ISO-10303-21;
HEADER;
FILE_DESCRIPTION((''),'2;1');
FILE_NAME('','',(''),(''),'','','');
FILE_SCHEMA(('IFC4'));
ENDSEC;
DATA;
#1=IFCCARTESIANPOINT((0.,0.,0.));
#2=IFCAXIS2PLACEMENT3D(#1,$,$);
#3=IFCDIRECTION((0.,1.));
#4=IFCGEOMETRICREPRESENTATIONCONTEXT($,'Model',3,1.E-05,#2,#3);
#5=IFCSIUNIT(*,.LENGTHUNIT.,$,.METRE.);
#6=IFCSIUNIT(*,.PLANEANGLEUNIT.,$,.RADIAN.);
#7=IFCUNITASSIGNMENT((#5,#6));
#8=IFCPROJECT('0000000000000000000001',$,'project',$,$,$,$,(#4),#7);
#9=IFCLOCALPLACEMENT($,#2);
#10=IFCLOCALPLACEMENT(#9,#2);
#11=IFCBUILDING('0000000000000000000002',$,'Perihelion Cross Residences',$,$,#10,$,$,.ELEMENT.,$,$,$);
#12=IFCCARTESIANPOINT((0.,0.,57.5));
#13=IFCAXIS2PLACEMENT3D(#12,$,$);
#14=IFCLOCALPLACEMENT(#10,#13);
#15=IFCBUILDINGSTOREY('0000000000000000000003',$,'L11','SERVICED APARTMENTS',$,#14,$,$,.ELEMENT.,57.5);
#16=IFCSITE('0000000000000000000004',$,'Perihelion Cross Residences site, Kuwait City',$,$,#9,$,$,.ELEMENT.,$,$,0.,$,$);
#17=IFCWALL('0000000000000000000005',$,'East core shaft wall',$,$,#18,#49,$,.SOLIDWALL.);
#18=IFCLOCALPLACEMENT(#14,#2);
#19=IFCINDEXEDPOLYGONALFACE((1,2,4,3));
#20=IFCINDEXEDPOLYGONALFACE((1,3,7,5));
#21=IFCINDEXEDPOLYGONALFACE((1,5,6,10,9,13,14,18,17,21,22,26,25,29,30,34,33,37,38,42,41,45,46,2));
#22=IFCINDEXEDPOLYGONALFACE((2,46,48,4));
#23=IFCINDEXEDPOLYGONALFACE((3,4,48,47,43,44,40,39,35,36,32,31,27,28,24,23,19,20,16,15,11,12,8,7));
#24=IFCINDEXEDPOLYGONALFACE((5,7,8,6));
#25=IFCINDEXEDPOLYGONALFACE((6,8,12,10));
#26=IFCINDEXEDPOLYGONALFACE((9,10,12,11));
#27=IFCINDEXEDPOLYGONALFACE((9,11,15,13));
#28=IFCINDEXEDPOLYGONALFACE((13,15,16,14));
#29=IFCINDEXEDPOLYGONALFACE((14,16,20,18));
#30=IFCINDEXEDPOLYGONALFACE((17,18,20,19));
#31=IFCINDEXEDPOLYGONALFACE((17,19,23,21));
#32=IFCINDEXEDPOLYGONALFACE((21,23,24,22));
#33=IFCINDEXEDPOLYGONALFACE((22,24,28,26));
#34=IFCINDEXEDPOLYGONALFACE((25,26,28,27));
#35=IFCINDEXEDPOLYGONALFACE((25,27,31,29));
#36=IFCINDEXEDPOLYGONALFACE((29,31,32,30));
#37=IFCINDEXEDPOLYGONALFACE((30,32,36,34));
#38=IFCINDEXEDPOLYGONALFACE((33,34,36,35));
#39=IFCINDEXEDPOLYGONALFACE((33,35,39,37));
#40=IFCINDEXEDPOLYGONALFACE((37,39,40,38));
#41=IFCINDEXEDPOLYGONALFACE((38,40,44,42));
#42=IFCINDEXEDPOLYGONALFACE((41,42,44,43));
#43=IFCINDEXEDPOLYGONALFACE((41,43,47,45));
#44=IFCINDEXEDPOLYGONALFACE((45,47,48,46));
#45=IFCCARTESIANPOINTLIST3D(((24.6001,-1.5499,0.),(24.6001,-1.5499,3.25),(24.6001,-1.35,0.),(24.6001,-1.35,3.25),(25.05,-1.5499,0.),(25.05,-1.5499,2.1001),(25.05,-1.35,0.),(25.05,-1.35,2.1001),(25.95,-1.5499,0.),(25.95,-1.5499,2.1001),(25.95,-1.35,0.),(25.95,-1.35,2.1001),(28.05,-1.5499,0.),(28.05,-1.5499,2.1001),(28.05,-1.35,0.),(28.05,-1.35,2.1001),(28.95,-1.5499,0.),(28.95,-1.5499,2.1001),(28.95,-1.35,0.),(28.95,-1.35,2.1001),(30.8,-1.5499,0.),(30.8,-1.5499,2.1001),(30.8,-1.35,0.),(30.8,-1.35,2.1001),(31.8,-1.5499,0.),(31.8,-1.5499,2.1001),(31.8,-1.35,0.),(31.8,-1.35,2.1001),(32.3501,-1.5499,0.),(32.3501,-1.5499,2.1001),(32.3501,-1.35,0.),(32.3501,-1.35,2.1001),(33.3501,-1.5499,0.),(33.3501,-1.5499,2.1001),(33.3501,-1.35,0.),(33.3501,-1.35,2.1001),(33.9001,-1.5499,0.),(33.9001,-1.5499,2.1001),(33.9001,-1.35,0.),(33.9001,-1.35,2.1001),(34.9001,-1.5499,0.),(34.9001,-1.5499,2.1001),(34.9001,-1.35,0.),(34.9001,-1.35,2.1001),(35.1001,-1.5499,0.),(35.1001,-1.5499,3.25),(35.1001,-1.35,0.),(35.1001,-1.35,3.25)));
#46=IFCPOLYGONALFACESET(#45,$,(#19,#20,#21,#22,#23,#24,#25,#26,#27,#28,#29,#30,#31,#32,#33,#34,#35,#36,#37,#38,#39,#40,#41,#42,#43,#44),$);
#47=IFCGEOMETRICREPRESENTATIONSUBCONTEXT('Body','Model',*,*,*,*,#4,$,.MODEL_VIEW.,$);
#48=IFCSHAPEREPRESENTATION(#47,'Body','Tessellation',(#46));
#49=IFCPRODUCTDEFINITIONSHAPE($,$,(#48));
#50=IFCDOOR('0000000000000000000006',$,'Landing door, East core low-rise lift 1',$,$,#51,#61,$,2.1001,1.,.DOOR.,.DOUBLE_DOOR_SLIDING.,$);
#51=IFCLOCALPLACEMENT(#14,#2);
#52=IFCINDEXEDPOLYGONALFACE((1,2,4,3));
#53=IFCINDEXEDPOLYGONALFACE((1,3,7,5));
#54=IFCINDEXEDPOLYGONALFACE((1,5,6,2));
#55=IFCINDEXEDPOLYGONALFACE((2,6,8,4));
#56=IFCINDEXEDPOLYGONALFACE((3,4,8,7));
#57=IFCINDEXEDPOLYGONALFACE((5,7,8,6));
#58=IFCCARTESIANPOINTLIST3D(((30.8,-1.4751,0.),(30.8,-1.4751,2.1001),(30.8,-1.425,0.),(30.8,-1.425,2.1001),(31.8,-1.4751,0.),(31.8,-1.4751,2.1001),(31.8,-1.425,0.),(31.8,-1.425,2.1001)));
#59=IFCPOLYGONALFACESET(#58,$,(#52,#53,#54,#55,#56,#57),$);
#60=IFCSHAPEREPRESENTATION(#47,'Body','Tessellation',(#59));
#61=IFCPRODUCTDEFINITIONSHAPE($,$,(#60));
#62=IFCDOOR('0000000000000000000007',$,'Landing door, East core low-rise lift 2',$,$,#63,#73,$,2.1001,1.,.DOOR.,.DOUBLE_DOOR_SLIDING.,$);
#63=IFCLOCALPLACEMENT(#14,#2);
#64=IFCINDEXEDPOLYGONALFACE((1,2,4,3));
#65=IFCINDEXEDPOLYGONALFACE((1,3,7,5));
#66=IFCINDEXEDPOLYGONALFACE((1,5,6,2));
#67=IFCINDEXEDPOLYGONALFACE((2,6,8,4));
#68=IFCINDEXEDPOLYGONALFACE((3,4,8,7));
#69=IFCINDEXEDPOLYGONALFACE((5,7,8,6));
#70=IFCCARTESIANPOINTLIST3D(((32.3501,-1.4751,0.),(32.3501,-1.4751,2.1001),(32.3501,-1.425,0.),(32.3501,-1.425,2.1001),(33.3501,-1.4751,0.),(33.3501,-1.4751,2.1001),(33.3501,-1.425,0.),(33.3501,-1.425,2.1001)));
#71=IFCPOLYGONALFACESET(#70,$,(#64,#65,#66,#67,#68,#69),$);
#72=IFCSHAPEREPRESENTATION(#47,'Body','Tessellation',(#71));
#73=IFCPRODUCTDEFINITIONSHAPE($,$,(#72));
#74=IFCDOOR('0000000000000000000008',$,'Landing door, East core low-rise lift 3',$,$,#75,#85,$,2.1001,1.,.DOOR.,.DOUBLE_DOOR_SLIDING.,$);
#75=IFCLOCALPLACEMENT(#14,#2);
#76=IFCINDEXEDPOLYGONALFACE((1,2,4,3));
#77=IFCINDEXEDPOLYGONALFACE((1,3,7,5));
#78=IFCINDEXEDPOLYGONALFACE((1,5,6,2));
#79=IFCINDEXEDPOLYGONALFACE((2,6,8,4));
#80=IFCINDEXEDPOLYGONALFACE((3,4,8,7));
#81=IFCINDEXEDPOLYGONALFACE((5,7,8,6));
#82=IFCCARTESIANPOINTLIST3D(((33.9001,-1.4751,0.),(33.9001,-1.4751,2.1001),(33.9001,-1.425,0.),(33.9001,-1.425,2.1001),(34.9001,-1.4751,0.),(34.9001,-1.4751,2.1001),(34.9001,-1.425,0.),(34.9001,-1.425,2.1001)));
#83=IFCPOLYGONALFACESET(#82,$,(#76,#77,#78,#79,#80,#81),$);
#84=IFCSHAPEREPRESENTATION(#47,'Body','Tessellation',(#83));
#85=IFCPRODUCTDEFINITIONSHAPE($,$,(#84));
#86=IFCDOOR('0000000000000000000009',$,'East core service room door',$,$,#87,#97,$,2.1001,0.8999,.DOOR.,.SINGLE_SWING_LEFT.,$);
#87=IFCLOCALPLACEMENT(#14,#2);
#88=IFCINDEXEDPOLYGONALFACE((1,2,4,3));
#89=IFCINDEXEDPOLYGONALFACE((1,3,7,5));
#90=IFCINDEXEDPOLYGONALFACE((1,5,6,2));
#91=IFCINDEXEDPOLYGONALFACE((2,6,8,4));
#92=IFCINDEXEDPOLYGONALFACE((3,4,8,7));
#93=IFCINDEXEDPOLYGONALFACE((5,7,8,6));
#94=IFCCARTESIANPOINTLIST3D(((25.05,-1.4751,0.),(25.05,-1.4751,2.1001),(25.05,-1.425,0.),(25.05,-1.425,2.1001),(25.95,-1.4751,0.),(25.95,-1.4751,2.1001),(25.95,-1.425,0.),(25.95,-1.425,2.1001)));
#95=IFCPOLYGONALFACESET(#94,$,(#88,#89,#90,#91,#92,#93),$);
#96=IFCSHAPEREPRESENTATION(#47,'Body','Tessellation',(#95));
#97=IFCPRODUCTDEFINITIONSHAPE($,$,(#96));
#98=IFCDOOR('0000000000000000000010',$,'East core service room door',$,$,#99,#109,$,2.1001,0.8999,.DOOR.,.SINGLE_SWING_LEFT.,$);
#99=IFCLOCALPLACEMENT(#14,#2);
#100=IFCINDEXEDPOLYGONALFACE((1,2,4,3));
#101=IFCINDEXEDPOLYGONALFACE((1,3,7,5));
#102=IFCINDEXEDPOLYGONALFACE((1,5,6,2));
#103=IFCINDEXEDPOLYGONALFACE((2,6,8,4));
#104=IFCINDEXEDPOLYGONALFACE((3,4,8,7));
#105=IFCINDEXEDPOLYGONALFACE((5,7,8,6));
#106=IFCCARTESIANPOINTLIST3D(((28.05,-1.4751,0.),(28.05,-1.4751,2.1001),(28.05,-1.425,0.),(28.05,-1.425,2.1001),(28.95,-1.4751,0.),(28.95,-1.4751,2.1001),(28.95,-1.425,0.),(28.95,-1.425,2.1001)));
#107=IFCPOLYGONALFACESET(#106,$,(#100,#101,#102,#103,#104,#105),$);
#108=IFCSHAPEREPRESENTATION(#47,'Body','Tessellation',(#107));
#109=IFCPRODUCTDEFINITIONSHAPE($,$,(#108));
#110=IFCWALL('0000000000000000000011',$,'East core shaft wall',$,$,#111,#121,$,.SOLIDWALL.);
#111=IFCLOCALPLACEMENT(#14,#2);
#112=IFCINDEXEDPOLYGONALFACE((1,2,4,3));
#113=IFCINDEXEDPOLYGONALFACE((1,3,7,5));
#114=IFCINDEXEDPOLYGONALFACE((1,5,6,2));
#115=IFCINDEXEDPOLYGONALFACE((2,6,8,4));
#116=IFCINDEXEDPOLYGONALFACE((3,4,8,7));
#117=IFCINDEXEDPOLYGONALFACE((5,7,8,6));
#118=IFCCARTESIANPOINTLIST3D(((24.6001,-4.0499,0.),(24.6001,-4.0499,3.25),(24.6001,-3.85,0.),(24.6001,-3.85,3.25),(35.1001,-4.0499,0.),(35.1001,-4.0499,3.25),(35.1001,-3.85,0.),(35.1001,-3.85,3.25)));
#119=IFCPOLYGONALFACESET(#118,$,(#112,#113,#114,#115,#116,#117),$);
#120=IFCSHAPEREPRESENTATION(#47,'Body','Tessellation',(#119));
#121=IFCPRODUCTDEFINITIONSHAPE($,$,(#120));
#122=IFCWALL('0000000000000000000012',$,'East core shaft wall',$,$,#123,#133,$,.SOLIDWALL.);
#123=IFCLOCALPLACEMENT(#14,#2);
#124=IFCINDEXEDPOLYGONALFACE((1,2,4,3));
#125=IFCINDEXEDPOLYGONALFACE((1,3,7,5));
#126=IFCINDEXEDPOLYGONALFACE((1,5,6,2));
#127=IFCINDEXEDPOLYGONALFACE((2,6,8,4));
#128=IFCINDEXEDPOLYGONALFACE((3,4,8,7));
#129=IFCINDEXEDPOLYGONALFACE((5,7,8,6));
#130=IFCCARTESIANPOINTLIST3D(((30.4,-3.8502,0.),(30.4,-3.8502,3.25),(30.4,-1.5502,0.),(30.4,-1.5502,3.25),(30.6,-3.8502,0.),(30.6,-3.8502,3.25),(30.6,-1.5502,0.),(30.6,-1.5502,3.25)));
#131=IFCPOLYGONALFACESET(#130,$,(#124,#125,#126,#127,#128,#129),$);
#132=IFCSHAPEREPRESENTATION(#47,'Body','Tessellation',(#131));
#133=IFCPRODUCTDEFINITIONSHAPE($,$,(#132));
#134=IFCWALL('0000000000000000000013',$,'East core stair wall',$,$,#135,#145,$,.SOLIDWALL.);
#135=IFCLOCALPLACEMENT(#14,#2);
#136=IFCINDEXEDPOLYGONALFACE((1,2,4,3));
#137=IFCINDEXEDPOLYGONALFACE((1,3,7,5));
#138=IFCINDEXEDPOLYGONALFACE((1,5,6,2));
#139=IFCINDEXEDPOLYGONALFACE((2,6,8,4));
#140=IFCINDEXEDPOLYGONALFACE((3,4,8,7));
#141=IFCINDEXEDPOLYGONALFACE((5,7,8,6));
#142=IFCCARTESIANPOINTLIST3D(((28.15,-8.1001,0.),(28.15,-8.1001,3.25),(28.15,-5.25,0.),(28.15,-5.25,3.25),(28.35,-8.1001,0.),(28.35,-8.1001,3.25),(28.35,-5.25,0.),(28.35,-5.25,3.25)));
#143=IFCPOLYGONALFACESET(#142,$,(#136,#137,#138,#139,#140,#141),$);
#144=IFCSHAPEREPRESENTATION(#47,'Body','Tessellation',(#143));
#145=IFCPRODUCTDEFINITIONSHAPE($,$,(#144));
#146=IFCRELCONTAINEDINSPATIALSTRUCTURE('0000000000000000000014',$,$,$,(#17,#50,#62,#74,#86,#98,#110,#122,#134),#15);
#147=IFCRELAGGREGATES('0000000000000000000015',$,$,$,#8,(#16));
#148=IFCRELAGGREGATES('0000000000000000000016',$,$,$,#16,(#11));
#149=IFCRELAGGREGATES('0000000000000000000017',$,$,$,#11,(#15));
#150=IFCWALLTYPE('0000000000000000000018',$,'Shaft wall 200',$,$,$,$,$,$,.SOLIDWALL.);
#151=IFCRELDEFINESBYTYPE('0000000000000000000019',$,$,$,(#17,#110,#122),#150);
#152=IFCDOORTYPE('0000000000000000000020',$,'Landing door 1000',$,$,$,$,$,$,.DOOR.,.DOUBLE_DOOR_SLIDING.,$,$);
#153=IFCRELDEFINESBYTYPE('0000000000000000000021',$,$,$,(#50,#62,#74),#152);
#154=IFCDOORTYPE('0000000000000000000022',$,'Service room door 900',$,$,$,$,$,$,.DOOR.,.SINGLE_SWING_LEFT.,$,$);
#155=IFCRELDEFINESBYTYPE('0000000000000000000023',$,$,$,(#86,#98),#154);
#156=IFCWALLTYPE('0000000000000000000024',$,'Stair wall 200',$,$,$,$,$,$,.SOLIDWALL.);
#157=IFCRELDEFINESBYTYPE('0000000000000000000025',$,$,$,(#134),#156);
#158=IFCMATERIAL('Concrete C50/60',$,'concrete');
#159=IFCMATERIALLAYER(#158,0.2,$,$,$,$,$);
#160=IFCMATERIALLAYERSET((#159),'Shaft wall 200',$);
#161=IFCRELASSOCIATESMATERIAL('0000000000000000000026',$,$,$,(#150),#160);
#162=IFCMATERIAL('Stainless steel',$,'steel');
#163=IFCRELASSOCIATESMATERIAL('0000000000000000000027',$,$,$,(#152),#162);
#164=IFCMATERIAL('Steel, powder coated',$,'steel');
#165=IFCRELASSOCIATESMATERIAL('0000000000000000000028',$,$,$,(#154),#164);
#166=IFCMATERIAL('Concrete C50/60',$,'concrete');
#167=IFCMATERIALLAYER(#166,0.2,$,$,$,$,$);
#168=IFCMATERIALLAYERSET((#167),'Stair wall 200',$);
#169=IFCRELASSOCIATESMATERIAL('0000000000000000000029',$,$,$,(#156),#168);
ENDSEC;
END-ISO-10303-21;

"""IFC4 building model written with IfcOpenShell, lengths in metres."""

from ifc_helpers import new_model, si_unit, direction, frame, frame_2d, origin, place, context, subcontext, project, spatial, rectangle, extrude, material, layer, layer_set, type_object, element, fill, save


model = new_model("IFC4")

# Units and contexts
model_context = context("Model", 3, precision=1e-05, world=origin(), true_north=direction((0.0, 1.0)))
body_context = subcontext(model_context, "Body", "Model", "MODEL_VIEW")
ifc_project = project(units=[si_unit("LENGTHUNIT", "METRE"), si_unit("PLANEANGLEUNIT", "RADIAN")], contexts=[model_context])

# Site, building, storey
site_placement = place(None, origin())
site = spatial("IfcSite", under=ifc_project, at=site_placement, Name="Perihelion Cross Residences site, Kuwait City", CompositionType="ELEMENT", RefElevation=0.0)
building_placement = place(site_placement, origin())
building = spatial("IfcBuilding", under=site, at=building_placement, Name="Perihelion Cross Residences", CompositionType="ELEMENT")
storey_placement = place(building_placement, frame((0.0, 0.0, 57.5)))
storey = spatial("IfcBuildingStorey", under=building, at=storey_placement, Name="L11", Description="SERVICED APARTMENTS", CompositionType="ELEMENT", Elevation=57.5)

# Wall, openings, doors
ifc_material_1 = material(Name="Concrete C50/60", Category="concrete")
ifc_layer_1 = layer(ifc_material_1, 0.2)
ifc_layer_set_1 = layer_set([ifc_layer_1], Name="Shaft wall 200")
wall_type_1 = type_object("IfcWallType", Name="Shaft wall 200", PredefinedType="SOLIDWALL", material=ifc_layer_set_1)
wall_1_placement = place(storey_placement, frame((24.6001, -1.45, 0.0), z_axis=(0.0, 0.0, 1.0), x_axis=(1.0, 0.0, 0.0)))
wall_1 = element("IfcWall", 1, at=wall_1_placement, inside=storey, type_object=wall_type_1, Name="East core shaft wall", PredefinedType="SOLIDWALL", context=body_context, shape_type="SweptSolid", body=[
    extrude(rectangle(XDim=10.5, YDim=0.2, at=frame_2d((5.25, 0.0))), origin(), (0.0, 0.0, 1.0), 3.25),
])
opening_1_placement = place(wall_1_placement, frame((6.2, 0.0, 0.0)))
opening_1 = element("IfcOpeningElement", 2, at=opening_1_placement, cuts=wall_1, PredefinedType="OPENING", context=body_context, shape_type="SweptSolid", body=[
    extrude(rectangle(XDim=1.0, YDim=2.1001, at=frame_2d((0.5, 1.05))), frame((0.0, 0.1099, 0.0), z_axis=(0.0, -1.0, 0.0), x_axis=(1.0, 0.0, 0.0)), (0.0, 0.0, 1.0), 0.22),
])
opening_2_placement = place(wall_1_placement, frame((7.75, 0.0, 0.0)))
opening_2 = element("IfcOpeningElement", 3, at=opening_2_placement, cuts=wall_1, PredefinedType="OPENING", context=body_context, shape_type="SweptSolid", body=[
    extrude(rectangle(XDim=1.0, YDim=2.1001, at=frame_2d((0.5, 1.05))), frame((0.0, 0.1099, 0.0), z_axis=(0.0, -1.0, 0.0), x_axis=(1.0, 0.0, 0.0)), (0.0, 0.0, 1.0), 0.22),
])
opening_3_placement = place(wall_1_placement, frame((9.3, 0.0, 0.0)))
opening_3 = element("IfcOpeningElement", 4, at=opening_3_placement, cuts=wall_1, PredefinedType="OPENING", context=body_context, shape_type="SweptSolid", body=[
    extrude(rectangle(XDim=1.0, YDim=2.1001, at=frame_2d((0.5, 1.05))), frame((0.0, 0.1099, 0.0), z_axis=(0.0, -1.0, 0.0), x_axis=(1.0, 0.0, 0.0)), (0.0, 0.0, 1.0), 0.22),
])
opening_4_placement = place(wall_1_placement, frame((0.45, 0.0, 0.0)))
opening_4 = element("IfcOpeningElement", 5, at=opening_4_placement, cuts=wall_1, PredefinedType="OPENING", context=body_context, shape_type="SweptSolid", body=[
    extrude(rectangle(XDim=0.8999, YDim=2.1001, at=frame_2d((0.45, 1.05))), frame((0.0, 0.1099, 0.0), z_axis=(0.0, -1.0, 0.0), x_axis=(1.0, 0.0, 0.0)), (0.0, 0.0, 1.0), 0.22),
])
opening_5_placement = place(wall_1_placement, frame((3.45, 0.0, 0.0)))
opening_5 = element("IfcOpeningElement", 6, at=opening_5_placement, cuts=wall_1, PredefinedType="OPENING", context=body_context, shape_type="SweptSolid", body=[
    extrude(rectangle(XDim=0.8999, YDim=2.1001, at=frame_2d((0.45, 1.05))), frame((0.0, 0.1099, 0.0), z_axis=(0.0, -1.0, 0.0), x_axis=(1.0, 0.0, 0.0)), (0.0, 0.0, 1.0), 0.22),
])
ifc_material_2 = material(Name="Stainless steel", Category="steel")
door_type_1 = type_object("IfcDoorType", Name="Landing door 1000", OperationType="DOUBLE_DOOR_SLIDING", PredefinedType="DOOR", material=ifc_material_2)
door_1_placement = place(opening_1_placement, origin())
door_1 = element("IfcDoor", 7, at=door_1_placement, inside=storey, type_object=door_type_1, Name="Landing door, East core low-rise lift 1", OperationType="DOUBLE_DOOR_SLIDING", OverallHeight=2.1001, OverallWidth=1.0, PredefinedType="DOOR", context=body_context, shape_type="SweptSolid", body=[
    extrude(rectangle(XDim=1.0, YDim=2.1001, at=frame_2d((0.5, 1.05))), frame((0.0, 0.0249, 0.0), z_axis=(0.0, -1.0, 0.0), x_axis=(1.0, 0.0, 0.0)), (0.0, 0.0, 1.0), 0.05),
])
fill(opening_1, door_1)
door_2_placement = place(opening_2_placement, origin())
door_2 = element("IfcDoor", 8, at=door_2_placement, inside=storey, type_object=door_type_1, Name="Landing door, East core low-rise lift 2", OperationType="DOUBLE_DOOR_SLIDING", OverallHeight=2.1001, OverallWidth=1.0, PredefinedType="DOOR", context=body_context, shape_type="SweptSolid", body=[
    extrude(rectangle(XDim=1.0, YDim=2.1001, at=frame_2d((0.5, 1.05))), frame((0.0, 0.0249, 0.0), z_axis=(0.0, -1.0, 0.0), x_axis=(1.0, 0.0, 0.0)), (0.0, 0.0, 1.0), 0.05),
])
fill(opening_2, door_2)
door_3_placement = place(opening_3_placement, origin())
door_3 = element("IfcDoor", 9, at=door_3_placement, inside=storey, type_object=door_type_1, Name="Landing door, East core low-rise lift 3", OperationType="DOUBLE_DOOR_SLIDING", OverallHeight=2.1001, OverallWidth=1.0, PredefinedType="DOOR", context=body_context, shape_type="SweptSolid", body=[
    extrude(rectangle(XDim=1.0, YDim=2.1001, at=frame_2d((0.5, 1.05))), frame((0.0, 0.0249, 0.0), z_axis=(0.0, -1.0, 0.0), x_axis=(1.0, 0.0, 0.0)), (0.0, 0.0, 1.0), 0.05),
])
fill(opening_3, door_3)
ifc_material_3 = material(Name="Steel, powder coated", Category="steel")
door_type_2 = type_object("IfcDoorType", Name="Service room door 900", OperationType="SINGLE_SWING_LEFT", PredefinedType="DOOR", material=ifc_material_3)
door_4_placement = place(opening_4_placement, origin())
door_4 = element("IfcDoor", 10, at=door_4_placement, inside=storey, type_object=door_type_2, Name="East core service room door", OperationType="SINGLE_SWING_LEFT", OverallHeight=2.1001, OverallWidth=0.8999, PredefinedType="DOOR", context=body_context, shape_type="SweptSolid", body=[
    extrude(rectangle(XDim=0.8999, YDim=2.1001, at=frame_2d((0.45, 1.05))), frame((0.0, 0.0249, 0.0), z_axis=(0.0, -1.0, 0.0), x_axis=(1.0, 0.0, 0.0)), (0.0, 0.0, 1.0), 0.05),
])
fill(opening_4, door_4)
door_5_placement = place(opening_5_placement, origin())
door_5 = element("IfcDoor", 11, at=door_5_placement, inside=storey, type_object=door_type_2, Name="East core service room door", OperationType="SINGLE_SWING_LEFT", OverallHeight=2.1001, OverallWidth=0.8999, PredefinedType="DOOR", context=body_context, shape_type="SweptSolid", body=[
    extrude(rectangle(XDim=0.8999, YDim=2.1001, at=frame_2d((0.45, 1.05))), frame((0.0, 0.0249, 0.0), z_axis=(0.0, -1.0, 0.0), x_axis=(1.0, 0.0, 0.0)), (0.0, 0.0, 1.0), 0.05),
])
fill(opening_5, door_5)

# Walls
wall_2_placement = place(storey_placement, frame((24.6001, -3.95, 0.0), z_axis=(0.0, 0.0, 1.0), x_axis=(1.0, 0.0, 0.0)))
element("IfcWall", 12, at=wall_2_placement, inside=storey, type_object=wall_type_1, Name="East core shaft wall", PredefinedType="SOLIDWALL", context=body_context, shape_type="SweptSolid", body=[
    extrude(rectangle(XDim=10.5, YDim=0.2, at=frame_2d((5.25, 0.0))), origin(), (0.0, 0.0, 1.0), 3.25),
])
wall_3_placement = place(storey_placement, frame((30.5, -3.8501, 0.0), z_axis=(0.0, 0.0, 1.0), x_axis=(0.0, 1.0, 0.0)))
element("IfcWall", 13, at=wall_3_placement, inside=storey, type_object=wall_type_1, Name="East core shaft wall", PredefinedType="SOLIDWALL", context=body_context, shape_type="SweptSolid", body=[
    extrude(rectangle(XDim=2.3, YDim=0.2, at=frame_2d((1.1499, 0.0))), origin(), (0.0, 0.0, 1.0), 3.25),
])
ifc_material_4 = material(Name="Concrete C50/60", Category="concrete")
ifc_layer_2 = layer(ifc_material_4, 0.2)
ifc_layer_set_2 = layer_set([ifc_layer_2], Name="Stair wall 200")
wall_type_2 = type_object("IfcWallType", Name="Stair wall 200", PredefinedType="SOLIDWALL", material=ifc_layer_set_2)
wall_4_placement = place(storey_placement, frame((28.25, -8.1001, 0.0), z_axis=(0.0, 0.0, 1.0), x_axis=(0.0, 1.0, 0.0)))
element("IfcWall", 14, at=wall_4_placement, inside=storey, type_object=wall_type_2, Name="East core stair wall", PredefinedType="SOLIDWALL", context=body_context, shape_type="SweptSolid", body=[
    extrude(rectangle(XDim=2.8501, YDim=0.2, at=frame_2d((1.425, 0.0))), origin(), (0.0, 0.0, 1.0), 3.25),
])

save(model, "model.ifc")
